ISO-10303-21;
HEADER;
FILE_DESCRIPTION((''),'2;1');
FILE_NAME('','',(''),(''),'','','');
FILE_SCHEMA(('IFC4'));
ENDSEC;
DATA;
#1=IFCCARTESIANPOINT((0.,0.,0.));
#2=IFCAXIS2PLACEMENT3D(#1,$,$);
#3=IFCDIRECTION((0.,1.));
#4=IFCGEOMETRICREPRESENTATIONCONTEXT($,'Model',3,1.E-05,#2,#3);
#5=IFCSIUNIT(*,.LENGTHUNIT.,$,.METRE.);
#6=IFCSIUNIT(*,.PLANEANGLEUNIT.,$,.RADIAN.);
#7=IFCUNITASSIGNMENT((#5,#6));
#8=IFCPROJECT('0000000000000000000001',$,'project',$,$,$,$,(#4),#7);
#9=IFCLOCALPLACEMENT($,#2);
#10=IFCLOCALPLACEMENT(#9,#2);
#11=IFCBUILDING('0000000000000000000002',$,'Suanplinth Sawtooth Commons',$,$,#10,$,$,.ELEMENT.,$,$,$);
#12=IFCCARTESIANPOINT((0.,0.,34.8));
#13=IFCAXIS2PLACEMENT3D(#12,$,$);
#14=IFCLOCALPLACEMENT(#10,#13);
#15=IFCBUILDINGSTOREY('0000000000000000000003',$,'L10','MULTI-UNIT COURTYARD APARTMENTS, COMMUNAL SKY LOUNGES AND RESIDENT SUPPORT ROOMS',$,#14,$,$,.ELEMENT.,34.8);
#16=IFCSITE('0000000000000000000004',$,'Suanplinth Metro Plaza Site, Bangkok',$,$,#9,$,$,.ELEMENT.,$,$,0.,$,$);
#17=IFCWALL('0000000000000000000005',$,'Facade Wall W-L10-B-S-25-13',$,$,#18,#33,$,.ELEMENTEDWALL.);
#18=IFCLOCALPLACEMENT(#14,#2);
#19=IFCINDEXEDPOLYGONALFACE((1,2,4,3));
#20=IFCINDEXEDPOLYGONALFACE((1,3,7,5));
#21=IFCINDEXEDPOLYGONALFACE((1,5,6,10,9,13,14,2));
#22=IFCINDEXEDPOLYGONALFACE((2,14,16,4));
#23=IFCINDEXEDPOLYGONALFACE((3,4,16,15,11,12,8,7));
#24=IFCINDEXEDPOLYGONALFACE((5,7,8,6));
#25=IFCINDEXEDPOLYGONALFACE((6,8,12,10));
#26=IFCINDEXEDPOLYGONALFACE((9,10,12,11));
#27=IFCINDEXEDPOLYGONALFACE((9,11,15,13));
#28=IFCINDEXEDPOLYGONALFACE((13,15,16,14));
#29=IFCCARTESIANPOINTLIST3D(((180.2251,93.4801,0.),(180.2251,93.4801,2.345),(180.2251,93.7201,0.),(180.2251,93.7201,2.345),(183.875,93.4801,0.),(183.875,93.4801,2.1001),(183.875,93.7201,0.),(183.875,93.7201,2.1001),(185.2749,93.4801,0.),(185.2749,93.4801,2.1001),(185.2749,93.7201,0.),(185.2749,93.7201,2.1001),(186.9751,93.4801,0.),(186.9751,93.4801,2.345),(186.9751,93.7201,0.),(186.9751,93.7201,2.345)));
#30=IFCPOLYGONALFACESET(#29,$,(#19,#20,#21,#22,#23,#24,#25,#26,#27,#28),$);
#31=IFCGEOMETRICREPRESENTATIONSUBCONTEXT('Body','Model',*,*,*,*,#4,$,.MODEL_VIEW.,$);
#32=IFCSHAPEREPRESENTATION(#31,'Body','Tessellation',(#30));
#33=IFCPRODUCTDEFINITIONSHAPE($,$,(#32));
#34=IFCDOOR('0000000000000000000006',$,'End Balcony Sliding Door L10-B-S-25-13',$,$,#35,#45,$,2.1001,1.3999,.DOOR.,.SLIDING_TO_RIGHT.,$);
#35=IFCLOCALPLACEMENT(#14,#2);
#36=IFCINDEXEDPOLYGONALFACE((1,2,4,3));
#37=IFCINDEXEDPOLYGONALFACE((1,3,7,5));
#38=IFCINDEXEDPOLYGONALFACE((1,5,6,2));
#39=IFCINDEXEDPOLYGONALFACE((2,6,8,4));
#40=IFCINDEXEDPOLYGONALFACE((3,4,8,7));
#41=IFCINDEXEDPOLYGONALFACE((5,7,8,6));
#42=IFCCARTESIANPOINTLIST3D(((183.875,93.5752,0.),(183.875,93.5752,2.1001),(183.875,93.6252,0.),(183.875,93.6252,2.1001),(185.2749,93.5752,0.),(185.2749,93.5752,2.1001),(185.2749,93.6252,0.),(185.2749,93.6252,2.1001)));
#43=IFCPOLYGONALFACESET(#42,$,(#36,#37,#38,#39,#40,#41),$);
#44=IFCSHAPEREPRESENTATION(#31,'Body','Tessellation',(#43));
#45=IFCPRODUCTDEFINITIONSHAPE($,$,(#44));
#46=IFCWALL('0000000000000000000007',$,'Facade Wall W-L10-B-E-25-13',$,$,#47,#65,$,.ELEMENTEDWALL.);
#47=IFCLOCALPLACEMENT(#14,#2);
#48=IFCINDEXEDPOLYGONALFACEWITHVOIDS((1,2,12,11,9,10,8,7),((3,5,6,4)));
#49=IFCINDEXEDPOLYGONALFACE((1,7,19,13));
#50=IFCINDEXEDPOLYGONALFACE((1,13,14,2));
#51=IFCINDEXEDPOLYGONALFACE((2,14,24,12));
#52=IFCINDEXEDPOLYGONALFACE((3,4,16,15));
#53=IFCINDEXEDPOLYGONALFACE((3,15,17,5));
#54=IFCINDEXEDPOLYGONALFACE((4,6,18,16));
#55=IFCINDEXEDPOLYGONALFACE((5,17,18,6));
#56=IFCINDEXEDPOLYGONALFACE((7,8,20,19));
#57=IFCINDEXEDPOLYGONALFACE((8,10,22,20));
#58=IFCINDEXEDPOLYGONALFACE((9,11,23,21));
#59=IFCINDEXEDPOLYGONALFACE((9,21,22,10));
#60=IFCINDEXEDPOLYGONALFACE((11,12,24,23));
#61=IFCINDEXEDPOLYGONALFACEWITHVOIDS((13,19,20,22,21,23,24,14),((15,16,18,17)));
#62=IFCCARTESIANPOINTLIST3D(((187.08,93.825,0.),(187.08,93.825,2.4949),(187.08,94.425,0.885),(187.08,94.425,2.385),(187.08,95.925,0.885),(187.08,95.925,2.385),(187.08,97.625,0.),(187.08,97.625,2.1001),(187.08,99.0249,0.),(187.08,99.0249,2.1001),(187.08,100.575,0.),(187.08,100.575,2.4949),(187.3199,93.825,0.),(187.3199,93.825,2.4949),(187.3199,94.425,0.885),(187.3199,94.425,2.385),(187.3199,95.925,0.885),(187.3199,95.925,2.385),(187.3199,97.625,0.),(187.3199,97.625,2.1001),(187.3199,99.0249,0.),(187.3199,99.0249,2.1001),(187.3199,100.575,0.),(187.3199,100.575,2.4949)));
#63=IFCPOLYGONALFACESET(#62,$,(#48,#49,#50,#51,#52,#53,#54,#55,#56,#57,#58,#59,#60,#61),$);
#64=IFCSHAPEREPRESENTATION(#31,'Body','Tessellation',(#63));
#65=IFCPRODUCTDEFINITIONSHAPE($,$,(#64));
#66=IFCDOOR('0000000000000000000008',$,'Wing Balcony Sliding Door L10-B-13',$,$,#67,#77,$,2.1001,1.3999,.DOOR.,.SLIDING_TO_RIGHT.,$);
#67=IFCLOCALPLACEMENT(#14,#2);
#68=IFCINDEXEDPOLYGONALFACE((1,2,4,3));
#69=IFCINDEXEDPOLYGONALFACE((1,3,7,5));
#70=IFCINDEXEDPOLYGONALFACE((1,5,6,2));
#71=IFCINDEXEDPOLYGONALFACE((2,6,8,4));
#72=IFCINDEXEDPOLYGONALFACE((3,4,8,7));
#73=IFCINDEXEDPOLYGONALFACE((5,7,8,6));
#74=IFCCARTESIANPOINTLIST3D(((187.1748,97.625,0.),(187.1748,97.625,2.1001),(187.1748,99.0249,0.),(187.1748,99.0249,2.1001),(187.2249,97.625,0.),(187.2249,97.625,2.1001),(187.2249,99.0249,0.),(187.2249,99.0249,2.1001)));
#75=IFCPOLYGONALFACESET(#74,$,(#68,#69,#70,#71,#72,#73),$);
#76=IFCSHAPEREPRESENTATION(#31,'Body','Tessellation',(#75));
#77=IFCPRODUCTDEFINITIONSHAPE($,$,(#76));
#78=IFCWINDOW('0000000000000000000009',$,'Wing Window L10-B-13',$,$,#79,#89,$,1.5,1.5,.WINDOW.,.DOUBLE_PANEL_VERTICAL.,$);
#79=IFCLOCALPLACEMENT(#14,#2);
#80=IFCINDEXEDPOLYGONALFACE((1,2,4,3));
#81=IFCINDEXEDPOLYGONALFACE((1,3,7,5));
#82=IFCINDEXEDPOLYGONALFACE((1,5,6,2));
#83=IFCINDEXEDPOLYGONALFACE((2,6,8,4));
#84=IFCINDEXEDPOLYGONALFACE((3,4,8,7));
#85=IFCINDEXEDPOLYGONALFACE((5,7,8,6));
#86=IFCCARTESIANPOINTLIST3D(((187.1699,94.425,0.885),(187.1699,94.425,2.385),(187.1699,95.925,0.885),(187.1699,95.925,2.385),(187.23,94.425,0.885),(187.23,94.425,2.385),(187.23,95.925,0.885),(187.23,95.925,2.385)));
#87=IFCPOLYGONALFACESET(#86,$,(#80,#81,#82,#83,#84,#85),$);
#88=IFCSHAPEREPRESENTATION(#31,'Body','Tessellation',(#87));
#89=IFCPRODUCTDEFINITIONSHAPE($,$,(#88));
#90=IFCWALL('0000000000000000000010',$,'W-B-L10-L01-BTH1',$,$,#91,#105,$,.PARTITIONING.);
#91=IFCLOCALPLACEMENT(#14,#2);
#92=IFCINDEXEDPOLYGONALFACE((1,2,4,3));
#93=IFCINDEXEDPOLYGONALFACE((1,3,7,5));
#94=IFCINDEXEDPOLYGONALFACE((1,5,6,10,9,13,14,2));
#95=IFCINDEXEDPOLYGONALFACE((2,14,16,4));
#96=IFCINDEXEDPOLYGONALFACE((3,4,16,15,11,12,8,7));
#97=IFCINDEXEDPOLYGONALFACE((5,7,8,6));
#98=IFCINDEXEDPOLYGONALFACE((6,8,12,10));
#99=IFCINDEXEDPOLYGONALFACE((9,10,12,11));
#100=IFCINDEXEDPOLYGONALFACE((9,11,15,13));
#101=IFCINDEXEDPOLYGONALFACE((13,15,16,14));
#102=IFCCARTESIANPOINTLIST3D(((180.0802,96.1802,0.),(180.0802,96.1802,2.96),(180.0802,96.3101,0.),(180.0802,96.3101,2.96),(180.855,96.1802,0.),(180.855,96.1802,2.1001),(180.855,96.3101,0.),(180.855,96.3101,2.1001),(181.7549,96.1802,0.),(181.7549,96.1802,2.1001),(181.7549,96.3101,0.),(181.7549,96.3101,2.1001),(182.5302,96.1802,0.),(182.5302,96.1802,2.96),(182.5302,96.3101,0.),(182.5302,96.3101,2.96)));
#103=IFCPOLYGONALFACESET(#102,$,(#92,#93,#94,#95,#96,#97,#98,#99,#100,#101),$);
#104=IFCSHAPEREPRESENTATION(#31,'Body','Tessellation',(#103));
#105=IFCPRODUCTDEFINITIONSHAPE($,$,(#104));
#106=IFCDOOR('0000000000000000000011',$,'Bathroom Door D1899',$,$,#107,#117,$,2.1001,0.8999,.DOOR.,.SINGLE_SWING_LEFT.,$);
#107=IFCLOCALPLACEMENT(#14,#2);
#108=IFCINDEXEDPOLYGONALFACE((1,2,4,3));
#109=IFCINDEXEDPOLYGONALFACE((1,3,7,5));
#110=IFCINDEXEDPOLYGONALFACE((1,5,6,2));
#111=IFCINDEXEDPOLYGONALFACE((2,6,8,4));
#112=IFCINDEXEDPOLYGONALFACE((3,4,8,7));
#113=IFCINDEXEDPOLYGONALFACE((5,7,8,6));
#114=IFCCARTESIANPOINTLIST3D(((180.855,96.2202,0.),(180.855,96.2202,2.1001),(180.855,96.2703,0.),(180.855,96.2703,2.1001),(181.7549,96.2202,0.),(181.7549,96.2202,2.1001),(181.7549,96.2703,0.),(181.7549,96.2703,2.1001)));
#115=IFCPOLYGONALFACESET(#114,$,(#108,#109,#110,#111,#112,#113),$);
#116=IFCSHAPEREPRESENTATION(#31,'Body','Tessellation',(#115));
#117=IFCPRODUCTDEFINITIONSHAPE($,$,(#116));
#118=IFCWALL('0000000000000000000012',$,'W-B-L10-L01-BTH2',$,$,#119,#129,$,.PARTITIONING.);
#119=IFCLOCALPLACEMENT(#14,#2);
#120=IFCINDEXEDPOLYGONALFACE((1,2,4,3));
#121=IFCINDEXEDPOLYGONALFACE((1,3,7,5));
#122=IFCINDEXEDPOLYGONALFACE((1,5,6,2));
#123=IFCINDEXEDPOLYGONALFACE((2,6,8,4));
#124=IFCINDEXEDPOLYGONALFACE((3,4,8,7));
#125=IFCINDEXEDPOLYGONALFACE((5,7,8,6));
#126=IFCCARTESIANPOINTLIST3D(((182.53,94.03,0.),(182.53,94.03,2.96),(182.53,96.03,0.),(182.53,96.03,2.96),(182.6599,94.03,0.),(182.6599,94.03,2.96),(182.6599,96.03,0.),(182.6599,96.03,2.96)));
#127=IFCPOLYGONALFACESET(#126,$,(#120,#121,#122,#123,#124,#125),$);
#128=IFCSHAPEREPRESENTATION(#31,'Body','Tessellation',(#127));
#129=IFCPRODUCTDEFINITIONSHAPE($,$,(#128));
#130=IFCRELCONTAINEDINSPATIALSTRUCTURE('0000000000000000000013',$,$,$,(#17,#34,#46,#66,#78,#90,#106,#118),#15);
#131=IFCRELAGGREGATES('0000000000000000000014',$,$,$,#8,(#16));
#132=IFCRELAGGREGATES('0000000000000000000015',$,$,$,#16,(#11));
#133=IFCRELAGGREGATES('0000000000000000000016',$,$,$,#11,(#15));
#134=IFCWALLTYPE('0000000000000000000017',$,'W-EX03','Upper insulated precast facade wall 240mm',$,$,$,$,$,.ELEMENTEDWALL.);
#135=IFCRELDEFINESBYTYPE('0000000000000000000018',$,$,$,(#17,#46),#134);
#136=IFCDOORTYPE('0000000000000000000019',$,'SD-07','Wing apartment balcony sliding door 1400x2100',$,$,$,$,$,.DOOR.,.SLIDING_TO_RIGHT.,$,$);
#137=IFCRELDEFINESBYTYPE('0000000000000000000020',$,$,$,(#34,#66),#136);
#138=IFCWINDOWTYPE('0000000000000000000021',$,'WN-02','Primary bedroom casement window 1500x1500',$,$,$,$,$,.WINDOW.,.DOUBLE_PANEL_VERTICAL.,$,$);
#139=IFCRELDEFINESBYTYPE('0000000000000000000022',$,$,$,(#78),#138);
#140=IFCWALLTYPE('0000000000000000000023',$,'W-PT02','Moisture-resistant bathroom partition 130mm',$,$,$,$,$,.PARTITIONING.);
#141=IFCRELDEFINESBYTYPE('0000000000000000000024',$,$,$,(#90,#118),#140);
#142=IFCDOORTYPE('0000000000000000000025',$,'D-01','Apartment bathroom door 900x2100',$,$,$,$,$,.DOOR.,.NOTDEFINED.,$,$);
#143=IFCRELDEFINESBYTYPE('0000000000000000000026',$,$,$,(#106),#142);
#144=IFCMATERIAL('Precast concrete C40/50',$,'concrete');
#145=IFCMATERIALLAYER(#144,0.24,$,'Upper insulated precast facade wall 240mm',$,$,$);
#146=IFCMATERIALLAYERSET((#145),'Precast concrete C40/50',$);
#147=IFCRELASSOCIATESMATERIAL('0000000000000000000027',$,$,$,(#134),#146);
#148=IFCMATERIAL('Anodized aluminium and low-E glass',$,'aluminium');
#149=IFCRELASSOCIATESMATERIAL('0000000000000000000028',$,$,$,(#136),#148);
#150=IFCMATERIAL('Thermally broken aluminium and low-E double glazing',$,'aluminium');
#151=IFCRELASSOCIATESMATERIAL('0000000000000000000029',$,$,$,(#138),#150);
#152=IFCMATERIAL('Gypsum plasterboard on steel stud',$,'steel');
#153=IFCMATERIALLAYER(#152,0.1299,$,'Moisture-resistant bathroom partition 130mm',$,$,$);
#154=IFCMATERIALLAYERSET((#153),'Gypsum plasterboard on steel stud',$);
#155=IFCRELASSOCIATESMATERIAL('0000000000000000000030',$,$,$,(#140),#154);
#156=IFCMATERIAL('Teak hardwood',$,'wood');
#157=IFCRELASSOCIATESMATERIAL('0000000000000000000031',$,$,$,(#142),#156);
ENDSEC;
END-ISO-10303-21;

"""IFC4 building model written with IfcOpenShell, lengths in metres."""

from ifc_helpers import new_model, si_unit, direction, frame, frame_2d, origin, place, context, subcontext, project, spatial, rectangle, extrude, material, layer, layer_set, type_object, element, fill, save


model = new_model("IFC4")

# Units and contexts
model_context = context("Model", 3, precision=1e-05, world=origin(), true_north=direction((0.0, 1.0)))
body_context = subcontext(model_context, "Body", "Model", "MODEL_VIEW")
ifc_project = project(units=[si_unit("LENGTHUNIT", "METRE"), si_unit("PLANEANGLEUNIT", "RADIAN")], contexts=[model_context])

# Site, building, storey
site_placement = place(None, origin())
site = spatial("IfcSite", under=ifc_project, at=site_placement, Name="Suanplinth Metro Plaza Site, Bangkok", CompositionType="ELEMENT", RefElevation=0.0)
building_placement = place(site_placement, origin())
building = spatial("IfcBuilding", under=site, at=building_placement, Name="Suanplinth Sawtooth Commons", CompositionType="ELEMENT")
storey_placement = place(building_placement, frame((0.0, 0.0, 34.8)))
storey = spatial("IfcBuildingStorey", under=building, at=storey_placement, Name="L10", Description="MULTI-UNIT COURTYARD APARTMENTS, COMMUNAL SKY LOUNGES AND RESIDENT SUPPORT ROOMS", CompositionType="ELEMENT", Elevation=34.8)

# Shared definitions
ifc_material_1 = material(Name="Precast concrete C40/50", Category="concrete")

# Wall, opening, door
ifc_layer_1 = layer(ifc_material_1, 0.24, Name="Upper insulated precast facade wall 240mm")
ifc_layer_set_1 = layer_set([ifc_layer_1], Name="Precast concrete C40/50")
wall_type_1 = type_object("IfcWallType", Name="W-EX03", Description="Upper insulated precast facade wall 240mm", PredefinedType="ELEMENTEDWALL", material=ifc_layer_set_1)
wall_1_placement = place(storey_placement, frame((180.2251, 93.6001, 0.0), z_axis=(0.0, 0.0, 1.0), x_axis=(1.0, 0.0, 0.0)))
wall_1 = element("IfcWall", 1, at=wall_1_placement, inside=storey, type_object=wall_type_1, Name="Facade Wall W-L10-B-S-25-13", PredefinedType="ELEMENTEDWALL", context=body_context, shape_type="SweptSolid", body=[
    extrude(rectangle(XDim=6.75, YDim=0.24, at=frame_2d((3.375, 0.0))), origin(), (0.0, 0.0, 1.0), 2.345),
])
opening_1_placement = place(wall_1_placement, frame((3.6499, 0.0, 0.0)))
opening_1 = element("IfcOpeningElement", 2, at=opening_1_placement, cuts=wall_1, PredefinedType="OPENING", context=body_context, shape_type="SweptSolid", body=[
    extrude(rectangle(XDim=1.3999, YDim=2.1001, at=frame_2d((0.7, 1.05))), frame((0.0, 0.1348, 0.0), z_axis=(0.0, -1.0, 0.0), x_axis=(1.0, 0.0, 0.0)), (0.0, 0.0, 1.0), 0.2698),
])
ifc_material_2 = material(Name="Anodized aluminium and low-E glass", Category="aluminium")
door_type_1 = type_object("IfcDoorType", Name="SD-07", Description="Wing apartment balcony sliding door 1400x2100", OperationType="SLIDING_TO_RIGHT", PredefinedType="DOOR", material=ifc_material_2)
door_1_placement = place(opening_1_placement, frame((1.3999, 0.0, 0.0), z_axis=(0.0, 0.0, 1.0), x_axis=(-1.0, 0.0, 0.0)))
door_1 = element("IfcDoor", 3, at=door_1_placement, inside=storey, type_object=door_type_1, Name="End Balcony Sliding Door L10-B-S-25-13", OperationType="SLIDING_TO_RIGHT", OverallHeight=2.1001, OverallWidth=1.3999, PredefinedType="DOOR", context=body_context, shape_type="SweptSolid", body=[
    extrude(rectangle(XDim=1.3999, YDim=2.1001, at=frame_2d((0.7, 1.05))), frame((0.0, 0.0249, 0.0), z_axis=(0.0, -1.0, 0.0), x_axis=(1.0, 0.0, 0.0)), (0.0, 0.0, 1.0), 0.05),
])
fill(opening_1, door_1)

# Wall, openings, door, window
wall_2_placement = place(storey_placement, frame((187.2, 93.825, 0.0), z_axis=(0.0, 0.0, 1.0), x_axis=(0.0, 1.0, 0.0)))
wall_2 = element("IfcWall", 4, at=wall_2_placement, inside=storey, type_object=wall_type_1, Name="Facade Wall W-L10-B-E-25-13", PredefinedType="ELEMENTEDWALL", context=body_context, shape_type="SweptSolid", body=[
    extrude(rectangle(XDim=6.75, YDim=0.24, at=frame_2d((3.375, 0.0))), origin(), (0.0, 0.0, 1.0), 2.4949),
])
opening_2_placement = place(wall_2_placement, frame((3.8, 0.0, 0.0)))
opening_2 = element("IfcOpeningElement", 5, at=opening_2_placement, cuts=wall_2, PredefinedType="OPENING", context=body_context, shape_type="SweptSolid", body=[
    extrude(rectangle(XDim=1.3999, YDim=2.1001, at=frame_2d((0.7, 1.05))), frame((0.0, 0.1348, 0.0), z_axis=(0.0, -1.0, 0.0), x_axis=(1.0, 0.0, 0.0)), (0.0, 0.0, 1.0), 0.2698),
])
opening_3_placement = place(wall_2_placement, frame((0.6001, 0.0, 0.885)))
opening_3 = element("IfcOpeningElement", 6, at=opening_3_placement, cuts=wall_2, PredefinedType="OPENING", context=body_context, shape_type="SweptSolid", body=[
    extrude(rectangle(XDim=1.5, YDim=1.5, at=frame_2d((0.75, 0.75))), frame((0.0, 0.1348, 0.0), z_axis=(0.0, -1.0, 0.0), x_axis=(1.0, 0.0, 0.0)), (0.0, 0.0, 1.0), 0.2698),
])
door_2_placement = place(opening_2_placement, frame((1.3999, 0.0, 0.0), z_axis=(0.0, 0.0, 1.0), x_axis=(-1.0, 0.0, 0.0)))
door_2 = element("IfcDoor", 7, at=door_2_placement, inside=storey, type_object=door_type_1, Name="Wing Balcony Sliding Door L10-B-13", OperationType="SLIDING_TO_RIGHT", OverallHeight=2.1001, OverallWidth=1.3999, PredefinedType="DOOR", context=body_context, shape_type="SweptSolid", body=[
    extrude(rectangle(XDim=1.3999, YDim=2.1001, at=frame_2d((0.7, 1.05))), frame((0.0, 0.0249, 0.0), z_axis=(0.0, -1.0, 0.0), x_axis=(1.0, 0.0, 0.0)), (0.0, 0.0, 1.0), 0.05),
])
fill(opening_2, door_2)
ifc_material_3 = material(Name="Thermally broken aluminium and low-E double glazing", Category="aluminium")
window_type = type_object("IfcWindowType", Name="WN-02", Description="Primary bedroom casement window 1500x1500", PartitioningType="DOUBLE_PANEL_VERTICAL", PredefinedType="WINDOW", material=ifc_material_3)
window_placement = place(opening_3_placement, origin())
window = element("IfcWindow", 8, at=window_placement, inside=storey, type_object=window_type, Name="Wing Window L10-B-13", OverallHeight=1.5, OverallWidth=1.5, PartitioningType="DOUBLE_PANEL_VERTICAL", PredefinedType="WINDOW", context=body_context, shape_type="SweptSolid", body=[
    extrude(rectangle(XDim=1.5, YDim=1.5, at=frame_2d((0.75, 0.75))), frame((0.0, 0.03, 0.0), z_axis=(0.0, -1.0, 0.0), x_axis=(1.0, 0.0, 0.0)), (0.0, 0.0, 1.0), 0.0601),
])
fill(opening_3, window)

# Wall, opening, door
ifc_material_4 = material(Name="Gypsum plasterboard on steel stud", Category="steel")
ifc_layer_2 = layer(ifc_material_4, 0.1299, Name="Moisture-resistant bathroom partition 130mm")
ifc_layer_set_2 = layer_set([ifc_layer_2], Name="Gypsum plasterboard on steel stud")
wall_type_2 = type_object("IfcWallType", Name="W-PT02", Description="Moisture-resistant bathroom partition 130mm", PredefinedType="PARTITIONING", material=ifc_layer_set_2)
wall_3_placement = place(storey_placement, frame((180.0801, 96.2451, 0.0), z_axis=(0.0, 0.0, 1.0), x_axis=(1.0, 0.0, 0.0)))
wall_3 = element("IfcWall", 9, at=wall_3_placement, inside=storey, type_object=wall_type_2, Name="W-B-L10-L01-BTH1", PredefinedType="PARTITIONING", context=body_context, shape_type="SweptSolid", body=[
    extrude(rectangle(XDim=2.45, YDim=0.1299, at=frame_2d((1.2251, 0.0))), origin(), (0.0, 0.0, 1.0), 2.96),
])
opening_4_placement = place(wall_3_placement, frame((0.7749, 0.0, 0.0)))
opening_4 = element("IfcOpeningElement", 10, at=opening_4_placement, cuts=wall_3, PredefinedType="OPENING", context=body_context, shape_type="SweptSolid", body=[
    extrude(rectangle(XDim=0.8999, YDim=2.1001, at=frame_2d((0.45, 1.05))), frame((0.0, 0.0798, 0.0), z_axis=(0.0, -1.0, 0.0), x_axis=(1.0, 0.0, 0.0)), (0.0, 0.0, 1.0), 0.1597),
])
ifc_material_5 = material(Name="Teak hardwood", Category="wood")
door_type_2 = type_object("IfcDoorType", Name="D-01", Description="Apartment bathroom door 900x2100", OperationType="NOTDEFINED", PredefinedType="DOOR", material=ifc_material_5)
door_3_placement = place(opening_4_placement, frame((0.8999, 0.0, 0.0), z_axis=(0.0, 0.0, 1.0), x_axis=(-1.0, 0.0, 0.0)))
door_3 = element("IfcDoor", 11, at=door_3_placement, inside=storey, type_object=door_type_2, Name="Bathroom Door D1899", OperationType="SINGLE_SWING_LEFT", OverallHeight=2.1001, OverallWidth=0.8999, PredefinedType="DOOR", context=body_context, shape_type="SweptSolid", body=[
    extrude(rectangle(XDim=0.8999, YDim=2.1001, at=frame_2d((0.45, 1.05))), frame((0.0, 0.0249, 0.0), z_axis=(0.0, -1.0, 0.0), x_axis=(1.0, 0.0, 0.0)), (0.0, 0.0, 1.0), 0.05),
])
fill(opening_4, door_3)

# Wall
wall_4_placement = place(storey_placement, frame((182.595, 94.03, 0.0), z_axis=(0.0, 0.0, 1.0), x_axis=(0.0, 1.0, 0.0)))
element("IfcWall", 12, at=wall_4_placement, inside=storey, type_object=wall_type_2, Name="W-B-L10-L01-BTH2", PredefinedType="PARTITIONING", context=body_context, shape_type="SweptSolid", body=[
    extrude(rectangle(XDim=2.0, YDim=0.1299, at=frame_2d((1.0, 0.0))), origin(), (0.0, 0.0, 1.0), 2.96),
])

save(model, "model.ifc")
